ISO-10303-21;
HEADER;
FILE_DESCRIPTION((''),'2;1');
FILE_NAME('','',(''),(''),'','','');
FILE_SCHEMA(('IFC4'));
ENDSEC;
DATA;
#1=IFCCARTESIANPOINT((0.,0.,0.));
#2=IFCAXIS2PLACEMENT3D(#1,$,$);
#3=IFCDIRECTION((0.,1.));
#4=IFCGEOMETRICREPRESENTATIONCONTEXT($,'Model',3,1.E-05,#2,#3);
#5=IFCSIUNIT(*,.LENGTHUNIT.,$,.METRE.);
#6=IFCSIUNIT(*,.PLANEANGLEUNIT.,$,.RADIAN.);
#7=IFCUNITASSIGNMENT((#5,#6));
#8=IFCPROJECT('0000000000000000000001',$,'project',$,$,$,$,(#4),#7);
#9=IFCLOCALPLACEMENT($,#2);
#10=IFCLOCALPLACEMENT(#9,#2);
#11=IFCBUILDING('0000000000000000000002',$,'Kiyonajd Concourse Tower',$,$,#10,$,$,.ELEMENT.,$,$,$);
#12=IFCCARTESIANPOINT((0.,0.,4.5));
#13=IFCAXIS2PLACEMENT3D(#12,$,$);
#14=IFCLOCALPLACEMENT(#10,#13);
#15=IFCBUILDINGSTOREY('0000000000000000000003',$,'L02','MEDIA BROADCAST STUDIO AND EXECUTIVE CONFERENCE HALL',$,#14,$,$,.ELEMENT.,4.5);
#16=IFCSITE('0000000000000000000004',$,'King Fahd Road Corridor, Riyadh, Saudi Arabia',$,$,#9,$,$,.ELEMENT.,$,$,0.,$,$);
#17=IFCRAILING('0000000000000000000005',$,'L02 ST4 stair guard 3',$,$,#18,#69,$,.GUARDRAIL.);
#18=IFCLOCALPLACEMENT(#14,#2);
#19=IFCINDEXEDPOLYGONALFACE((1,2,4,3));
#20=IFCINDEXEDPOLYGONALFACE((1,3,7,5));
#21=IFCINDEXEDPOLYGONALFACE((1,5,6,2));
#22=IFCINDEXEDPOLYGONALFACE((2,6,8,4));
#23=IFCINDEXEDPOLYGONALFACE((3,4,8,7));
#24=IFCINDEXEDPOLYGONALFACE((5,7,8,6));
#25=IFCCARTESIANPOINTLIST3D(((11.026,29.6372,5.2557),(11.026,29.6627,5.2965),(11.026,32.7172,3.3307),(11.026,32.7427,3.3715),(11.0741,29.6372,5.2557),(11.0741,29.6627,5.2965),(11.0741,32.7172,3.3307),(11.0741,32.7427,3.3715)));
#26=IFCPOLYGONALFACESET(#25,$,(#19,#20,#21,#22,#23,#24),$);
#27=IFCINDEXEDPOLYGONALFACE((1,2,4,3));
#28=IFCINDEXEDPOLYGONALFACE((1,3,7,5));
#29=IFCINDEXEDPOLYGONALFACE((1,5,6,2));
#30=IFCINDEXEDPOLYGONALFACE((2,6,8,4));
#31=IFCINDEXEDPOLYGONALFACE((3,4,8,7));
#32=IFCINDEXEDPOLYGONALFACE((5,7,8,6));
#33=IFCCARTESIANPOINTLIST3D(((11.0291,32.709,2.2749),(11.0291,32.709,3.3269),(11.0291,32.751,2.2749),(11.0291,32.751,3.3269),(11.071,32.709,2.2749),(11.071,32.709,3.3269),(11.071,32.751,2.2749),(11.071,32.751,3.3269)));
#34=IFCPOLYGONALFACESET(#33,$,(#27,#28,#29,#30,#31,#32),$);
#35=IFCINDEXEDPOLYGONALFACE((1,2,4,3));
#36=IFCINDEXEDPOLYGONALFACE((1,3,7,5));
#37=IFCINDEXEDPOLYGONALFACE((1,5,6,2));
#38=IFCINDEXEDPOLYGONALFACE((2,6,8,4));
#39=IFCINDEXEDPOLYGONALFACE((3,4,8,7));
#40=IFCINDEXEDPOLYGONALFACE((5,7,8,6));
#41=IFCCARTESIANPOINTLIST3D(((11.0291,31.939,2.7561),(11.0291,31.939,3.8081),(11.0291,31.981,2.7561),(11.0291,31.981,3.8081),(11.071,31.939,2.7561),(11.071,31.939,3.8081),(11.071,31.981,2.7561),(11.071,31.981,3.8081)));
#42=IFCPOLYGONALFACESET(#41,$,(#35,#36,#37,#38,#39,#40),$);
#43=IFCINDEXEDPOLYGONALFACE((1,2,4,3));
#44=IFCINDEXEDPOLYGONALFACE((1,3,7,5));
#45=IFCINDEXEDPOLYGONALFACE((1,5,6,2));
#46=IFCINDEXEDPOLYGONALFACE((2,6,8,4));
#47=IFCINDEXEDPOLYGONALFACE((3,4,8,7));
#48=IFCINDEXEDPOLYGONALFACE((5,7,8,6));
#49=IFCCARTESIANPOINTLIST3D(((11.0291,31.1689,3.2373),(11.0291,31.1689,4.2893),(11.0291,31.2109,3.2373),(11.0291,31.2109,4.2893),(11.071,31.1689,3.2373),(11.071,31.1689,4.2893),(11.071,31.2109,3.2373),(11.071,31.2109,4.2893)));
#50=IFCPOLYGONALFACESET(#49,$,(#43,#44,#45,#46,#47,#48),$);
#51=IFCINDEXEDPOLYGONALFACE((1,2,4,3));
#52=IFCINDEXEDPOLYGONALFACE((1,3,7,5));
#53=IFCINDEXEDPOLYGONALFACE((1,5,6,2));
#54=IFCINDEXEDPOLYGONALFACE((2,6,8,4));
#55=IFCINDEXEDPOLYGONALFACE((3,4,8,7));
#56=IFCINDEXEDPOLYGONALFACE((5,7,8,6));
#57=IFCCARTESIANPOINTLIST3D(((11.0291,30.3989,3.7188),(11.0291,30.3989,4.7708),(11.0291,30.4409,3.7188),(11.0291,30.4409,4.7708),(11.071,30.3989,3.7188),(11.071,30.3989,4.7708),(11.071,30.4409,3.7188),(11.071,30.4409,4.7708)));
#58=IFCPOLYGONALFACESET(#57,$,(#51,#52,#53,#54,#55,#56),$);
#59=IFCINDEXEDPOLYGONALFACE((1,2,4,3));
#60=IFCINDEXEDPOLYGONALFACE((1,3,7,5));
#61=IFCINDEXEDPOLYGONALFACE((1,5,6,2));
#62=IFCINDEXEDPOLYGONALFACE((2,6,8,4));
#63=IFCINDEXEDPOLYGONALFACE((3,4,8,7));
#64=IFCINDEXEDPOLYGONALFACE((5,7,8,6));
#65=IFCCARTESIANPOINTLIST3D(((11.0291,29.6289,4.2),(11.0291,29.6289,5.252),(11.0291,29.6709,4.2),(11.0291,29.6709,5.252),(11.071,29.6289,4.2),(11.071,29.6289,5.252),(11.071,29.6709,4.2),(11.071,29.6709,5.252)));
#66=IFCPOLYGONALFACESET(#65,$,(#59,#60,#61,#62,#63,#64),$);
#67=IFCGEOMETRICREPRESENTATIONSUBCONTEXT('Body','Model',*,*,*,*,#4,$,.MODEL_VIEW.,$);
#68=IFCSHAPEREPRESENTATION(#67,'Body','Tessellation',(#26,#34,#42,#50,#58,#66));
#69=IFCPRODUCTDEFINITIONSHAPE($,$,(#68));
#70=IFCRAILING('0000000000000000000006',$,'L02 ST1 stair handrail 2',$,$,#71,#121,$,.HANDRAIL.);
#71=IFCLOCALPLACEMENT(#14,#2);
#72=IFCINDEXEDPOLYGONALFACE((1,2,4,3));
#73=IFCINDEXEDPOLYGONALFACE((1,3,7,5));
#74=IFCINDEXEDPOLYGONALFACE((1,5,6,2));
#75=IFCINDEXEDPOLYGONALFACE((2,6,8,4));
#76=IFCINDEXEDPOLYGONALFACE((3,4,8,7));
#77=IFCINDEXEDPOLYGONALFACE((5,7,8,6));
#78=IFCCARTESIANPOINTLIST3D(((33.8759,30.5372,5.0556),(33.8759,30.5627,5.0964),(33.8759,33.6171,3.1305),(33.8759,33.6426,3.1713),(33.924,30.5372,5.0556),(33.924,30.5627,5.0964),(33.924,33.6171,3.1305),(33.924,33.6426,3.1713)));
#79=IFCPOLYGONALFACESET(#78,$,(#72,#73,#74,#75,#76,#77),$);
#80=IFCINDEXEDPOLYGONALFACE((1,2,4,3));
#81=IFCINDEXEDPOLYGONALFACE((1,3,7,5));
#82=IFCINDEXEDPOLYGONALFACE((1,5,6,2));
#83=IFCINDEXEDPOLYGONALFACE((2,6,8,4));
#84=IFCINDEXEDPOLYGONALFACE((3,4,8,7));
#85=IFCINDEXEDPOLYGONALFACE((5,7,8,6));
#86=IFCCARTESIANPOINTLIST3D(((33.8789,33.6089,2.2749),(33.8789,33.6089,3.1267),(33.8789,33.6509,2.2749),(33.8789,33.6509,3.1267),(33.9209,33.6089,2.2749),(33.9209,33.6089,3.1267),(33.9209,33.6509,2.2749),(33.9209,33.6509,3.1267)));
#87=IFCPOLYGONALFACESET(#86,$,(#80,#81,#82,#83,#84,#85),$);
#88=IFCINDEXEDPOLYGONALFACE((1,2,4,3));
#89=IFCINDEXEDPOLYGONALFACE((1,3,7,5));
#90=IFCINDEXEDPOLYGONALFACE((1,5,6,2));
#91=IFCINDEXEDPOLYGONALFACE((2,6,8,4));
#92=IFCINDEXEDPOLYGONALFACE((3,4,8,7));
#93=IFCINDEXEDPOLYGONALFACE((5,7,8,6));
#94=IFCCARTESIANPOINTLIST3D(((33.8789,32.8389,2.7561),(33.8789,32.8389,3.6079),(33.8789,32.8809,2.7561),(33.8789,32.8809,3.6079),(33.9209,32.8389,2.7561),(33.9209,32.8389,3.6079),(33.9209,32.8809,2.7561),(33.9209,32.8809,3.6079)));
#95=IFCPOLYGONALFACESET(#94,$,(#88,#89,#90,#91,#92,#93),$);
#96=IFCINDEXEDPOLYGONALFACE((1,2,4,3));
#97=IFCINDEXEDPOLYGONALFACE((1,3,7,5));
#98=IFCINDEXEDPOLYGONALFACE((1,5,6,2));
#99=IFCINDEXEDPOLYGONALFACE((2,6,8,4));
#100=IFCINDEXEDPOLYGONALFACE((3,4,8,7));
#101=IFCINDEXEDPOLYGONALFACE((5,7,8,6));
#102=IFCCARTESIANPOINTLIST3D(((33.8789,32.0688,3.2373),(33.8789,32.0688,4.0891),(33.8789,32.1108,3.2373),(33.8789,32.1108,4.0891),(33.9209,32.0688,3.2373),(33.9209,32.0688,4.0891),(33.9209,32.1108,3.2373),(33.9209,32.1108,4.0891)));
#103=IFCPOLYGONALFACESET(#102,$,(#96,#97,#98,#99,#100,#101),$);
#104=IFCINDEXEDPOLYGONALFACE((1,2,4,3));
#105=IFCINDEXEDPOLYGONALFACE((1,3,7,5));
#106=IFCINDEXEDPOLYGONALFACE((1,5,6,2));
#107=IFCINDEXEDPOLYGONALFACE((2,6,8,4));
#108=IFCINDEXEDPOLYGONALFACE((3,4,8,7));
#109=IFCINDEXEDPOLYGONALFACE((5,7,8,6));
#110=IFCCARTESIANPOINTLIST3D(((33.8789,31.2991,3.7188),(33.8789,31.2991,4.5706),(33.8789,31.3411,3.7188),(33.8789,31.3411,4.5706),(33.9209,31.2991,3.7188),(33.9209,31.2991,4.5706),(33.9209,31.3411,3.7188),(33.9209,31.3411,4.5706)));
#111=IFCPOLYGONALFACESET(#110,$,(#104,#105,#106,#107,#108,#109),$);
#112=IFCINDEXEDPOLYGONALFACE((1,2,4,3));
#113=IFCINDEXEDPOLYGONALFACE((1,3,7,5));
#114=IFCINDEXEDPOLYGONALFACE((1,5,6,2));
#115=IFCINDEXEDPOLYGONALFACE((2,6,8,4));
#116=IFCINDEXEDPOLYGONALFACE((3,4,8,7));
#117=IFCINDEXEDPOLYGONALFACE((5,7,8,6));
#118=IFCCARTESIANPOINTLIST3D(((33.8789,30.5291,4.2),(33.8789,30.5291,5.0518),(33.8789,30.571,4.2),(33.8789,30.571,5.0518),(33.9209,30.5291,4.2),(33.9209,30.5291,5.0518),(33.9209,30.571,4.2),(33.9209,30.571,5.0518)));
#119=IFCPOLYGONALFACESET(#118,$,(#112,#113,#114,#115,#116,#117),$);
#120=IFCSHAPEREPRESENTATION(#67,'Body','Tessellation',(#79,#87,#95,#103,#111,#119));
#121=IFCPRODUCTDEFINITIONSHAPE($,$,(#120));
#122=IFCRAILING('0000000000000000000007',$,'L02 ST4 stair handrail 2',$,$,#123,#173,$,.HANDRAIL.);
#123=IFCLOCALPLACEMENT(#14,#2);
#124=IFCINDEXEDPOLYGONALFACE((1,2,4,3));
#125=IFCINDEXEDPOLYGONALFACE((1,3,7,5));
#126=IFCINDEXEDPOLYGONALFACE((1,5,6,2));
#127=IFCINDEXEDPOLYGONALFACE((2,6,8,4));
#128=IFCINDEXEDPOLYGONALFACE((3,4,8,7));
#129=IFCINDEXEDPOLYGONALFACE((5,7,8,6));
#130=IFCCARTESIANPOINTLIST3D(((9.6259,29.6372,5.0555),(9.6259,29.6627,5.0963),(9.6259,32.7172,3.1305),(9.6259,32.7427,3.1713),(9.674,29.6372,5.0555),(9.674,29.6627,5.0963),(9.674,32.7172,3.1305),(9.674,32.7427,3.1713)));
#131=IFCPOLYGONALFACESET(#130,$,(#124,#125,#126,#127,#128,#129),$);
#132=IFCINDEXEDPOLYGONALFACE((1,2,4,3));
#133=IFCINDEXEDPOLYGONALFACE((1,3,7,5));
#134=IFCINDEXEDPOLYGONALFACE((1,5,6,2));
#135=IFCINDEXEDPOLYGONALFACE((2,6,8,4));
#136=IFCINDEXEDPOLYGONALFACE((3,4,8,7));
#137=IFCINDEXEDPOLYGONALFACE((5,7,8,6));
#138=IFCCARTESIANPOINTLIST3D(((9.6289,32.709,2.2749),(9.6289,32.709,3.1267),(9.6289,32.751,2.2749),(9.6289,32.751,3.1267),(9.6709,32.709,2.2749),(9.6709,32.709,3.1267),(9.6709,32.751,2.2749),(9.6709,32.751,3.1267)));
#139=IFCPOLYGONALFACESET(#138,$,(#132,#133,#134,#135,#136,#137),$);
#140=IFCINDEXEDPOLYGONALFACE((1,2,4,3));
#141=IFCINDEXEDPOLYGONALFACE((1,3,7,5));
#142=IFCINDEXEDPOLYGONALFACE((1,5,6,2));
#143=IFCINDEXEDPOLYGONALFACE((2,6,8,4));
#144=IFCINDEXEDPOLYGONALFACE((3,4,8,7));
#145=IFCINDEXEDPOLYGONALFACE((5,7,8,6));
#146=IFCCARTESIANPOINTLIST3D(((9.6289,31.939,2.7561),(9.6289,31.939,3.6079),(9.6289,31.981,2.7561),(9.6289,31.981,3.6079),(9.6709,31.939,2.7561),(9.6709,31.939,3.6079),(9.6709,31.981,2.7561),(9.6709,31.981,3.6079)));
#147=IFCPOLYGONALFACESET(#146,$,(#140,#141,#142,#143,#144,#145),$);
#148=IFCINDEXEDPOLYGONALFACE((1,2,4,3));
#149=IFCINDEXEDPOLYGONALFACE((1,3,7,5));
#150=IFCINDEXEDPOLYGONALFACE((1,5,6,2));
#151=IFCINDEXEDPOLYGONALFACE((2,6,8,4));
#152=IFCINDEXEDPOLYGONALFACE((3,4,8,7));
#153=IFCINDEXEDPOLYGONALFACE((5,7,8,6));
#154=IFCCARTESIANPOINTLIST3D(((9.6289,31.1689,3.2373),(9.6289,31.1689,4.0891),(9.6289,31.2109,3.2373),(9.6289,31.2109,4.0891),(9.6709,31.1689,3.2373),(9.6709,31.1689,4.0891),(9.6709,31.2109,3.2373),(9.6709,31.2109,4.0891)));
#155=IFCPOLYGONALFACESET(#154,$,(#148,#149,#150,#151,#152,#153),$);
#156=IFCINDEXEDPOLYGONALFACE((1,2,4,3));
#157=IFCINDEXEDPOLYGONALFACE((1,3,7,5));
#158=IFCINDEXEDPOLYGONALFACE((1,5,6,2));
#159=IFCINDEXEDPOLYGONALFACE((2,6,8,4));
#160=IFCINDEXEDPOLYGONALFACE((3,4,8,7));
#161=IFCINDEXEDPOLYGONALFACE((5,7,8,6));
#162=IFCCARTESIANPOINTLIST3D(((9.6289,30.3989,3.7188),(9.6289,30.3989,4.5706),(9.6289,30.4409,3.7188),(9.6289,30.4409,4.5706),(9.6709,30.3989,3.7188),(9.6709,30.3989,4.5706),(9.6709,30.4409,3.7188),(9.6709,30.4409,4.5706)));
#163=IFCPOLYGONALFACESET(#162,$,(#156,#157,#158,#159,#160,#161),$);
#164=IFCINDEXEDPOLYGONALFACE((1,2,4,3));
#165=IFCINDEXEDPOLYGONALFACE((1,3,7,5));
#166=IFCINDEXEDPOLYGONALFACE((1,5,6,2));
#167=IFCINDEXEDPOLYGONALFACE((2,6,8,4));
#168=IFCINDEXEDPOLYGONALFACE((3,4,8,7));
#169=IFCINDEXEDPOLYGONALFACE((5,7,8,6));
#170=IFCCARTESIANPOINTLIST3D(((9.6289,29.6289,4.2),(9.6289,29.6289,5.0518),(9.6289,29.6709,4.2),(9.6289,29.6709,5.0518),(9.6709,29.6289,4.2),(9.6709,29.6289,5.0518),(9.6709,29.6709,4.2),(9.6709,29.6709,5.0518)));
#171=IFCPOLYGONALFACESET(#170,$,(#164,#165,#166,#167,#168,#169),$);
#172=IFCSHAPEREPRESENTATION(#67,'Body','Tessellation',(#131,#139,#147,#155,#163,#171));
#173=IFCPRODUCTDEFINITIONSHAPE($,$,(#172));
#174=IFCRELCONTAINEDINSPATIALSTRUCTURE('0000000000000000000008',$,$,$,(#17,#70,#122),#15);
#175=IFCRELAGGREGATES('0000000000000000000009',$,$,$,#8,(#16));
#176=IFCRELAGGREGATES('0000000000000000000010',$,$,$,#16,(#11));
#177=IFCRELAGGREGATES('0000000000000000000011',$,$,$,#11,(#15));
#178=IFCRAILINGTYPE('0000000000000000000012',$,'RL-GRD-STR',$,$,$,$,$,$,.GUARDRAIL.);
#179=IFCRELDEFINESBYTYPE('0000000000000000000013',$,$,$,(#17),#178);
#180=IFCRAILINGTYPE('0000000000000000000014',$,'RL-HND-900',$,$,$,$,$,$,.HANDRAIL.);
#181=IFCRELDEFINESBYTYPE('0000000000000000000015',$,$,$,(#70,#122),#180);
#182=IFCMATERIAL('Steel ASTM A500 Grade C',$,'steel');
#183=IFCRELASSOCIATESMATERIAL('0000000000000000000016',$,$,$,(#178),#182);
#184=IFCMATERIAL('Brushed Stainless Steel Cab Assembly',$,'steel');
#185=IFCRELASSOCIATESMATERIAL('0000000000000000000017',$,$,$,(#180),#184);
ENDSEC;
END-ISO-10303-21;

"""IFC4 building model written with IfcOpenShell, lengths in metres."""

from ifc_helpers import new_model, si_unit, direction, frame, origin, origin_2d, place, context, subcontext, project, spatial, rectangle, extrude, material, type_object, element, save


model = new_model("IFC4")

# Units and contexts
model_context = context("Model", 3, precision=1e-05, world=origin(), true_north=direction((0.0, 1.0)))
body_context = subcontext(model_context, "Body", "Model", "MODEL_VIEW")
ifc_project = project(units=[si_unit("LENGTHUNIT", "METRE"), si_unit("PLANEANGLEUNIT", "RADIAN")], contexts=[model_context])

# Site, building, storey
site_placement = place(None, origin())
site = spatial("IfcSite", under=ifc_project, at=site_placement, Name="King Fahd Road Corridor, Riyadh, Saudi Arabia", CompositionType="ELEMENT", RefElevation=0.0)
building_placement = place(site_placement, origin())
building = spatial("IfcBuilding", under=site, at=building_placement, Name="Kiyonajd Concourse Tower", CompositionType="ELEMENT")
storey_placement = place(building_placement, frame((0.0, 0.0, 4.5)))
storey = spatial("IfcBuildingStorey", under=building, at=storey_placement, Name="L02", Description="MEDIA BROADCAST STUDIO AND EXECUTIVE CONFERENCE HALL", CompositionType="ELEMENT", Elevation=4.5)

# Shared definitions
ifc_material_1 = material(Name="Brushed Stainless Steel Cab Assembly", Category="steel")

# Railings
ifc_material_2 = material(Name="Steel ASTM A500 Grade C", Category="steel")
railing_type_1 = type_object("IfcRailingType", Name="RL-GRD-STR", PredefinedType="GUARDRAIL", material=ifc_material_2)
railing_1_placement = place(storey_placement, frame((11.05, 32.73, 2.2749)))
element("IfcRailing", 1, at=railing_1_placement, inside=storey, type_object=railing_type_1, Name="L02 ST4 stair guard 3", PredefinedType="GUARDRAIL", context=body_context, shape_type="SweptSolid", body=[
    extrude(rectangle(XDim=0.0481, YDim=0.0481, at=origin_2d()), frame((0.0, 0.0, 1.0762), z_axis=(0.0, -0.847998, 0.529999), x_axis=(1.0, 0.0, 0.0)), (0.0, 0.0, 1.0), 3.6321),
    extrude(rectangle(XDim=0.042, YDim=0.042, at=origin_2d()), origin(), (0.0, 0.0, 1.0), 1.052),
    extrude(rectangle(XDim=0.042, YDim=0.042, at=origin_2d()), frame((0.0, -0.77, 0.4812)), (0.0, 0.0, 1.0), 1.052),
    extrude(rectangle(XDim=0.042, YDim=0.042, at=origin_2d()), frame((0.0, -1.54, 0.9624)), (0.0, 0.0, 1.0), 1.052),
    extrude(rectangle(XDim=0.042, YDim=0.042, at=origin_2d()), frame((0.0, -2.3101, 1.4438)), (0.0, 0.0, 1.0), 1.052),
    extrude(rectangle(XDim=0.042, YDim=0.042, at=origin_2d()), frame((0.0, -3.0801, 1.925)), (0.0, 0.0, 1.0), 1.052),
])
railing_type_2 = type_object("IfcRailingType", Name="RL-HND-900", PredefinedType="HANDRAIL", material=ifc_material_1)
railing_2_placement = place(storey_placement, frame((33.8999, 33.6299, 2.2749)))
element("IfcRailing", 2, at=railing_2_placement, inside=storey, type_object=railing_type_2, Name="L02 ST1 stair handrail 2", PredefinedType="HANDRAIL", context=body_context, shape_type="SweptSolid", body=[
    extrude(rectangle(XDim=0.0481, YDim=0.0481, at=origin_2d()), frame((0.0, 0.0, 0.876), z_axis=(0.0, -0.847979, 0.530029), x_axis=(1.0, 0.0, 0.0)), (0.0, 0.0, 1.0), 3.6321),
    extrude(rectangle(XDim=0.042, YDim=0.042, at=origin_2d()), origin(), (0.0, 0.0, 1.0), 0.8518),
    extrude(rectangle(XDim=0.042, YDim=0.042, at=origin_2d()), frame((0.0, -0.77, 0.4812)), (0.0, 0.0, 1.0), 0.8518),
    extrude(rectangle(XDim=0.042, YDim=0.042, at=origin_2d()), frame((0.0, -1.54, 0.9624)), (0.0, 0.0, 1.0), 0.8518),
    extrude(rectangle(XDim=0.042, YDim=0.042, at=origin_2d()), frame((0.0, -2.3098, 1.4438)), (0.0, 0.0, 1.0), 0.8518),
    extrude(rectangle(XDim=0.042, YDim=0.042, at=origin_2d()), frame((0.0, -3.0798, 1.925)), (0.0, 0.0, 1.0), 0.8518),
])
railing_3_placement = place(storey_placement, frame((9.6499, 32.73, 2.2749)))
element("IfcRailing", 3, at=railing_3_placement, inside=storey, type_object=railing_type_2, Name="L02 ST4 stair handrail 2", PredefinedType="HANDRAIL", context=body_context, shape_type="SweptSolid", body=[
    extrude(rectangle(XDim=0.0481, YDim=0.0481, at=origin_2d()), frame((0.0, 0.0, 0.876), z_axis=(0.0, -0.847998, 0.529999), x_axis=(1.0, 0.0, 0.0)), (0.0, 0.0, 1.0), 3.6321),
    extrude(rectangle(XDim=0.042, YDim=0.042, at=origin_2d()), origin(), (0.0, 0.0, 1.0), 0.8518),
    extrude(rectangle(XDim=0.042, YDim=0.042, at=origin_2d()), frame((0.0, -0.77, 0.4812)), (0.0, 0.0, 1.0), 0.8518),
    extrude(rectangle(XDim=0.042, YDim=0.042, at=origin_2d()), frame((0.0, -1.54, 0.9624)), (0.0, 0.0, 1.0), 0.8518),
    extrude(rectangle(XDim=0.042, YDim=0.042, at=origin_2d()), frame((0.0, -2.3101, 1.4438)), (0.0, 0.0, 1.0), 0.8518),
    extrude(rectangle(XDim=0.042, YDim=0.042, at=origin_2d()), frame((0.0, -3.0801, 1.925)), (0.0, 0.0, 1.0), 0.8518),
])

save(model, "model.ifc")
